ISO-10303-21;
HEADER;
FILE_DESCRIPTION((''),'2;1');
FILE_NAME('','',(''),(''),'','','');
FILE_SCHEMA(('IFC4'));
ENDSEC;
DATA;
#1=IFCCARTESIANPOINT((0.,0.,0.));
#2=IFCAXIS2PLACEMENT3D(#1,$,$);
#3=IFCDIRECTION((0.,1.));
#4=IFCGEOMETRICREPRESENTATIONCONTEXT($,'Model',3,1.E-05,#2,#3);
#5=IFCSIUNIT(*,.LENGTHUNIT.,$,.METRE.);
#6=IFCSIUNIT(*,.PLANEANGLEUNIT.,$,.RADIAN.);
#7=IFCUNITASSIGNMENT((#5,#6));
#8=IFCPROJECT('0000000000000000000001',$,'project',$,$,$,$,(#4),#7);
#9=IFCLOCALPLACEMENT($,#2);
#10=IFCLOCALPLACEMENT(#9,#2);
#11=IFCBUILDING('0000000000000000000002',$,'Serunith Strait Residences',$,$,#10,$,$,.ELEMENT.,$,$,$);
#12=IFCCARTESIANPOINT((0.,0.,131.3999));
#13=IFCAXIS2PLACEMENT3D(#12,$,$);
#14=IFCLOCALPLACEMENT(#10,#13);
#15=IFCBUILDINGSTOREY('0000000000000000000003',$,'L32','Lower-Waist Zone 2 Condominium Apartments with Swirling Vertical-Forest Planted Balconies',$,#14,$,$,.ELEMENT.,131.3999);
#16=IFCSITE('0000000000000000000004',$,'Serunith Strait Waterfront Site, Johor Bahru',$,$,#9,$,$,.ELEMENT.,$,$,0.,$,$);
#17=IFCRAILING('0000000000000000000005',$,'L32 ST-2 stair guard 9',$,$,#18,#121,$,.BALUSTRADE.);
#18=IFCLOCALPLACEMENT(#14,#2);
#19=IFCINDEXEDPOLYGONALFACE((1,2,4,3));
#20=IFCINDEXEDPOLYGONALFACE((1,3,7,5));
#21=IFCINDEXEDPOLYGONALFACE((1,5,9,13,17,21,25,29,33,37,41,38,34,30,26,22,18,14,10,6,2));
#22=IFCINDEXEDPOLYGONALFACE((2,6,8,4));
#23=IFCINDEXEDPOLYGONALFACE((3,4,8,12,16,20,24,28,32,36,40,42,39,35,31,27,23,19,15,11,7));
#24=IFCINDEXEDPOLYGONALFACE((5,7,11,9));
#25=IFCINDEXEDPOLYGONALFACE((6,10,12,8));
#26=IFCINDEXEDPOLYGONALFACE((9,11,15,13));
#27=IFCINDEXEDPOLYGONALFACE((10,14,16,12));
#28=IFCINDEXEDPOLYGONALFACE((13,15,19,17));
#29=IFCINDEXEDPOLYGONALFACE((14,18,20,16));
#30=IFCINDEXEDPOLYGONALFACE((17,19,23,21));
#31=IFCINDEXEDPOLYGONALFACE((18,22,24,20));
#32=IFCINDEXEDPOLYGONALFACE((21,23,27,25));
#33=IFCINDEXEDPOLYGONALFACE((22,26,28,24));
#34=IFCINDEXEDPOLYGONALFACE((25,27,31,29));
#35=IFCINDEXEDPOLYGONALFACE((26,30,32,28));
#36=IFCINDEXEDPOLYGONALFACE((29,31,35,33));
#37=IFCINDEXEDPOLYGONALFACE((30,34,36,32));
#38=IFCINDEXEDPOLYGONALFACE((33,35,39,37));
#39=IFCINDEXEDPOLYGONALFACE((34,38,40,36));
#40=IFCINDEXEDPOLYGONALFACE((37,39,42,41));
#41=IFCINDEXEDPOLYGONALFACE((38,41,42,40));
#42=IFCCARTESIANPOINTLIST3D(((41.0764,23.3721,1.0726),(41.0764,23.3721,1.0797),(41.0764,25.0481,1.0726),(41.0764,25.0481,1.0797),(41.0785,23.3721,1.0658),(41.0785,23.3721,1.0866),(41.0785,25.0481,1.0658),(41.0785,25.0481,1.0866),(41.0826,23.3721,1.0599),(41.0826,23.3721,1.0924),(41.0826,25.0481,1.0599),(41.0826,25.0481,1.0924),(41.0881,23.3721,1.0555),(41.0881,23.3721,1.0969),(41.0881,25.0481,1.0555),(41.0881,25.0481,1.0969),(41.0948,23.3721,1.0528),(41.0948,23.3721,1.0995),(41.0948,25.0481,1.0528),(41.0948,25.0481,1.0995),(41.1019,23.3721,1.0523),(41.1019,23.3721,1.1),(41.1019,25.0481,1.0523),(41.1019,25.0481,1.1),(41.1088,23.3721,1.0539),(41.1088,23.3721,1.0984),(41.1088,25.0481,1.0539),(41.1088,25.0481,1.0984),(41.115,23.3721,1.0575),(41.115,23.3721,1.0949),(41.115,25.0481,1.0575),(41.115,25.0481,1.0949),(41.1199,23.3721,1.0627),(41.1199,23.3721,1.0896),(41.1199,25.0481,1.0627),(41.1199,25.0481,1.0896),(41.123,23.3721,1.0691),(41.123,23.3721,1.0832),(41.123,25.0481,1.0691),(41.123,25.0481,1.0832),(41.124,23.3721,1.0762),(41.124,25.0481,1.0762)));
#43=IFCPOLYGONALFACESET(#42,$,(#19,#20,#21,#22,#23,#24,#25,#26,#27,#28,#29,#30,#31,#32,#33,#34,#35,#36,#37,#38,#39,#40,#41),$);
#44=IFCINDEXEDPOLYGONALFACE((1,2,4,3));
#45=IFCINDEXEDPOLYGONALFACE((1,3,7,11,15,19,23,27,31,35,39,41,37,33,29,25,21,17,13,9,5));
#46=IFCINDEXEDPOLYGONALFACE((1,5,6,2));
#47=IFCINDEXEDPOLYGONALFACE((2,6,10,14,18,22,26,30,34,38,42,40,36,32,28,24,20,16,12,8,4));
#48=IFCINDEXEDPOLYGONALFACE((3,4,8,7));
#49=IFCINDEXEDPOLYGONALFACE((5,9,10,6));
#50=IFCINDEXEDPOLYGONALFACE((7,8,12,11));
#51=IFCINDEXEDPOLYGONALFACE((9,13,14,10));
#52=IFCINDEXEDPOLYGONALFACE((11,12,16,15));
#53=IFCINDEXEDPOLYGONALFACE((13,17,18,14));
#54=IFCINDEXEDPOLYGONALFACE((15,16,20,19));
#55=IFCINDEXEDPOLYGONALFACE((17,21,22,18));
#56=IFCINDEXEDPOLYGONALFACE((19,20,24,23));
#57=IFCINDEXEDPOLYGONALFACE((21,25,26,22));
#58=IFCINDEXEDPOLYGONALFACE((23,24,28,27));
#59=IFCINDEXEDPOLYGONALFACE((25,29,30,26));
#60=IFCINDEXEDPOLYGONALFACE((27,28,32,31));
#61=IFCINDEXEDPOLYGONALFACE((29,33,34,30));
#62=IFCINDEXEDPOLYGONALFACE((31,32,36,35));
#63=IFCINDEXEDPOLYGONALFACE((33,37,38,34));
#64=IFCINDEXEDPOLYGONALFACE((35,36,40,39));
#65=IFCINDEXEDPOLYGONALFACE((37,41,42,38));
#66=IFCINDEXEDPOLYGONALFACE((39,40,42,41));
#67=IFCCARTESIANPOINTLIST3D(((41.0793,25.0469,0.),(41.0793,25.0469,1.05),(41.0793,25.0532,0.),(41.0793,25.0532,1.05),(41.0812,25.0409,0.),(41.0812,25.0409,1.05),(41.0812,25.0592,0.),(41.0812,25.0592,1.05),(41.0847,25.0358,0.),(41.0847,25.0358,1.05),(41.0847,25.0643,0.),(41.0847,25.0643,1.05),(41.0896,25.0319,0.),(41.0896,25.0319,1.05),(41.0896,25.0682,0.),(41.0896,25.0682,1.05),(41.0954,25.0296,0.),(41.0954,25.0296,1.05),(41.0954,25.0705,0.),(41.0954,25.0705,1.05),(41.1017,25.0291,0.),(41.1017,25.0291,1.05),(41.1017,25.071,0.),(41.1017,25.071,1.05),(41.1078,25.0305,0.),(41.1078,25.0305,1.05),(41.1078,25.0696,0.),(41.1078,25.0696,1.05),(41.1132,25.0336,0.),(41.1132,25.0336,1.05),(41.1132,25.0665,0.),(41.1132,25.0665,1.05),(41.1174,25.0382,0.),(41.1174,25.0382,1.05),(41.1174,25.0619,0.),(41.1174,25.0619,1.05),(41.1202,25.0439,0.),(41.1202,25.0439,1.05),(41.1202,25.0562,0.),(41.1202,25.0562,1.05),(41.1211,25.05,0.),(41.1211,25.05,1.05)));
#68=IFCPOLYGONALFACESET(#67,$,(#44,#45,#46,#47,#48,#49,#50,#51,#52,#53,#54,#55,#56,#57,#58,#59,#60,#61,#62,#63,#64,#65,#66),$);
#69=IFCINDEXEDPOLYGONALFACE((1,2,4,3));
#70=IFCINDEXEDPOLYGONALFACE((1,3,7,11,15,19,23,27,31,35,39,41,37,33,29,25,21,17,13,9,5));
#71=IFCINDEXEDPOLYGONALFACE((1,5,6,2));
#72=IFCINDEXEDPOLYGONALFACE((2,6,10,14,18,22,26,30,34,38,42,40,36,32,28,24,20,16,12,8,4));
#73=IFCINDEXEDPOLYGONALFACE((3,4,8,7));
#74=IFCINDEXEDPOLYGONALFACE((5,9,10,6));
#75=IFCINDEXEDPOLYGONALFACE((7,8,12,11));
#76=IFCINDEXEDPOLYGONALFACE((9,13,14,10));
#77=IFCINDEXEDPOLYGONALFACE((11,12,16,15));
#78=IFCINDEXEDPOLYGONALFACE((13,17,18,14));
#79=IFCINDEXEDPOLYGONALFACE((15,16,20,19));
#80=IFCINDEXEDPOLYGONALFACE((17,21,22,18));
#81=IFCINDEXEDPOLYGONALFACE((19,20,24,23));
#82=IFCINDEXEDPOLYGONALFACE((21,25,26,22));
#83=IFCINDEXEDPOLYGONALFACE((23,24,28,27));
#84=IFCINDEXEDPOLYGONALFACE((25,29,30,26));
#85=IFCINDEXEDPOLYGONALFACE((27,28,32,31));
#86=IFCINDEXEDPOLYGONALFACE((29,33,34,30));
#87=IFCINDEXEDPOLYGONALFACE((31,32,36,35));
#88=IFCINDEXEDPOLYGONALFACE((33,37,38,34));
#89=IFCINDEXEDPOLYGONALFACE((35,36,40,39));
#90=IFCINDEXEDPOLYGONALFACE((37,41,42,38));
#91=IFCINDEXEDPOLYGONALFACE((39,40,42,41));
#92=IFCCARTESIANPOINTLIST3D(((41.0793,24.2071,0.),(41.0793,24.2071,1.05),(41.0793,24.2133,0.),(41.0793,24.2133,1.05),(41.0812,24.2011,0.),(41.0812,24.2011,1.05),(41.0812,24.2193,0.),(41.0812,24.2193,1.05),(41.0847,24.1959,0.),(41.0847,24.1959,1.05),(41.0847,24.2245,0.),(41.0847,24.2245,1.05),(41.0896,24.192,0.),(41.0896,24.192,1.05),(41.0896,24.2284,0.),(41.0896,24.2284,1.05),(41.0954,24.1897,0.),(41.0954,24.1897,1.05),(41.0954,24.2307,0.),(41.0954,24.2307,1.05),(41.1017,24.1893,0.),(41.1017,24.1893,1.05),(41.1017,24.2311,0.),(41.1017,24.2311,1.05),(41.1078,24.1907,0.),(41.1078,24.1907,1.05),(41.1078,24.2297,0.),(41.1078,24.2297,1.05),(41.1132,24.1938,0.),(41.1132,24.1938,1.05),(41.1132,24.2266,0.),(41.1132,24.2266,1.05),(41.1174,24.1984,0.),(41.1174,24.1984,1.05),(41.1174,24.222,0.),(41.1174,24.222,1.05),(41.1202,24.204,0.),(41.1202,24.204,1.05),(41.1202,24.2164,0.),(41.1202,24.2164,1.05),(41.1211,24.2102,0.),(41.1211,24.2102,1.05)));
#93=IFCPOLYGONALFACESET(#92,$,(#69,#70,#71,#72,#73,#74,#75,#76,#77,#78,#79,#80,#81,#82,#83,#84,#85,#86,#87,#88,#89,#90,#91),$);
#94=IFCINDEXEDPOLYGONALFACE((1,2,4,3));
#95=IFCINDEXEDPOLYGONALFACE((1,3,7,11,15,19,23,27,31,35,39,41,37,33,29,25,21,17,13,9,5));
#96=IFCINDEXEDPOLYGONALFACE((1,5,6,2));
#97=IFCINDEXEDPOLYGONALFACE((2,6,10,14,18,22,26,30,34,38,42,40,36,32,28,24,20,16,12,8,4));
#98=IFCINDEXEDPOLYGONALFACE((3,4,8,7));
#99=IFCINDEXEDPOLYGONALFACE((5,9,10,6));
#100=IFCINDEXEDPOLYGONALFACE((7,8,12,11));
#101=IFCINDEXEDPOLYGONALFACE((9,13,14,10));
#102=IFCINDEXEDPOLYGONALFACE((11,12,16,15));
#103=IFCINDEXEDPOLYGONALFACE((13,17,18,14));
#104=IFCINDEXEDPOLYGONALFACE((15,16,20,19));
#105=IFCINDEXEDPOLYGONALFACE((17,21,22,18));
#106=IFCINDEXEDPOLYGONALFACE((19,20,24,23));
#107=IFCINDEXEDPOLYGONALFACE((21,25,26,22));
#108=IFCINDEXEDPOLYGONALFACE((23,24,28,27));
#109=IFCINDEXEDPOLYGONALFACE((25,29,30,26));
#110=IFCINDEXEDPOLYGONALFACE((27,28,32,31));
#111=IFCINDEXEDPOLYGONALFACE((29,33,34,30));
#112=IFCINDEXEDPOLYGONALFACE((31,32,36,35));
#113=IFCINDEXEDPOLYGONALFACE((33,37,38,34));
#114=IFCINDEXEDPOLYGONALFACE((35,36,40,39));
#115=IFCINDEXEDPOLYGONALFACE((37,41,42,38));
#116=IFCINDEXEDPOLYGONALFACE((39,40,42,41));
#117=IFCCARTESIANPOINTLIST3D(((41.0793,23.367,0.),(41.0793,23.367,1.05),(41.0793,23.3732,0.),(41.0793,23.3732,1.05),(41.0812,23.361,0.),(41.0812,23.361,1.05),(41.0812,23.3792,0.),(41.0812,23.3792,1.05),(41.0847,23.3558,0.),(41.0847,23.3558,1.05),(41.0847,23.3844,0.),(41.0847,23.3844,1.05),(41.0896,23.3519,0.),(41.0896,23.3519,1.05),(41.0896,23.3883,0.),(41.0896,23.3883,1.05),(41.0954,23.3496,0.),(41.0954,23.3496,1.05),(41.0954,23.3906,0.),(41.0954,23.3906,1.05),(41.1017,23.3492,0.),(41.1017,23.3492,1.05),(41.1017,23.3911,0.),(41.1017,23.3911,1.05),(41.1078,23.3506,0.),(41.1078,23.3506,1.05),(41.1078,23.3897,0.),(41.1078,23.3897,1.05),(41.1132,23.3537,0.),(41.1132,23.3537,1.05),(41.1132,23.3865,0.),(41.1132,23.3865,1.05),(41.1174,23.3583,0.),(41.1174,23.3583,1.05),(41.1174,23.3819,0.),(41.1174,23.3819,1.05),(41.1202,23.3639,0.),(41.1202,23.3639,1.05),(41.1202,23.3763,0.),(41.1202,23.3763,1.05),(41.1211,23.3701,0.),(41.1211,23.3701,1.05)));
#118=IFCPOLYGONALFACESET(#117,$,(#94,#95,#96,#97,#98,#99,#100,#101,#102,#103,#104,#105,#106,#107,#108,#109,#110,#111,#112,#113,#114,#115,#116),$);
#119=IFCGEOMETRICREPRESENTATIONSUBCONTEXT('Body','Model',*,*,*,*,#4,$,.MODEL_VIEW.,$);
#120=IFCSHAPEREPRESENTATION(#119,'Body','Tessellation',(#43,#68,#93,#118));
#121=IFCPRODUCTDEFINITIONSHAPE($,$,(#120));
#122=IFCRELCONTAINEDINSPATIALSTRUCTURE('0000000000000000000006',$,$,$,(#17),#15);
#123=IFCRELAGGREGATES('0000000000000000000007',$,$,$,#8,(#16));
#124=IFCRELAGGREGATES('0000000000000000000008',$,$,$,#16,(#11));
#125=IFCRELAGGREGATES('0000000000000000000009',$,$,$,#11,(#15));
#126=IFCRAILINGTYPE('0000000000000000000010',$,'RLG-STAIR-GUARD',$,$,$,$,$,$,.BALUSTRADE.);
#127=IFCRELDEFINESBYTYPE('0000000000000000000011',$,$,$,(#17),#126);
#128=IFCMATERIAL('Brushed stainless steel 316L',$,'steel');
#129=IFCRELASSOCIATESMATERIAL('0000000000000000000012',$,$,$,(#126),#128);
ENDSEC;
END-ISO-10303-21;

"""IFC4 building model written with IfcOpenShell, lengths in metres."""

from ifc_helpers import new_model, si_unit, direction, frame, origin, origin_2d, place, context, subcontext, project, spatial, circle, extrude, material, type_object, element, save


model = new_model("IFC4")

# Units and contexts
model_context = context("Model", 3, precision=1e-05, world=origin(), true_north=direction((0.0, 1.0)))
body_context = subcontext(model_context, "Body", "Model", "MODEL_VIEW")
ifc_project = project(units=[si_unit("LENGTHUNIT", "METRE"), si_unit("PLANEANGLEUNIT", "RADIAN")], contexts=[model_context])

# Site, building, storey
site_placement = place(None, origin())
site = spatial("IfcSite", under=ifc_project, at=site_placement, Name="Serunith Strait Waterfront Site, Johor Bahru", CompositionType="ELEMENT", RefElevation=0.0)
building_placement = place(site_placement, origin())
building = spatial("IfcBuilding", under=site, at=building_placement, Name="Serunith Strait Residences", CompositionType="ELEMENT")
storey_placement = place(building_placement, frame((0.0, 0.0, 131.3999)))
storey = spatial("IfcBuildingStorey", under=building, at=storey_placement, Name="L32", Description="Lower-Waist Zone 2 Condominium Apartments with Swirling Vertical-Forest Planted Balconies", CompositionType="ELEMENT", Elevation=131.3999)

# Railing
ifc_material_1 = material(Name="Brushed stainless steel 316L", Category="steel")
railing_type = type_object("IfcRailingType", Name="RLG-STAIR-GUARD", PredefinedType="BALUSTRADE", material=ifc_material_1)
for number, where, name in (
    (1, (41.1001, 25.05, 0.0), "L32 ST-2 stair guard 9"),
):
    element("IfcRailing", number, at=place(storey_placement, frame(where)), inside=storey, type_object=railing_type, Name=name, PredefinedType="BALUSTRADE", context=body_context, shape_type="SweptSolid", body=[
        extrude(circle(Radius=0.0239, at=origin_2d()), frame((0.0, -0.002, 1.0762), z_axis=(0.0, -1.0, 0.0), x_axis=(1.0, 0.0, 0.0)), (0.0, 0.0, 1.0), 1.676),
        extrude(circle(Radius=0.021, at=origin_2d()), origin(), (0.0, 0.0, 1.0), 1.05),
        extrude(circle(Radius=0.021, at=origin_2d()), frame((0.0, -0.8398, 0.0)), (0.0, 0.0, 1.0), 1.05),
        extrude(circle(Radius=0.021, at=origin_2d()), frame((0.0, -1.6799, 0.0)), (0.0, 0.0, 1.0), 1.05),
    ])

save(model, "model.ifc")
